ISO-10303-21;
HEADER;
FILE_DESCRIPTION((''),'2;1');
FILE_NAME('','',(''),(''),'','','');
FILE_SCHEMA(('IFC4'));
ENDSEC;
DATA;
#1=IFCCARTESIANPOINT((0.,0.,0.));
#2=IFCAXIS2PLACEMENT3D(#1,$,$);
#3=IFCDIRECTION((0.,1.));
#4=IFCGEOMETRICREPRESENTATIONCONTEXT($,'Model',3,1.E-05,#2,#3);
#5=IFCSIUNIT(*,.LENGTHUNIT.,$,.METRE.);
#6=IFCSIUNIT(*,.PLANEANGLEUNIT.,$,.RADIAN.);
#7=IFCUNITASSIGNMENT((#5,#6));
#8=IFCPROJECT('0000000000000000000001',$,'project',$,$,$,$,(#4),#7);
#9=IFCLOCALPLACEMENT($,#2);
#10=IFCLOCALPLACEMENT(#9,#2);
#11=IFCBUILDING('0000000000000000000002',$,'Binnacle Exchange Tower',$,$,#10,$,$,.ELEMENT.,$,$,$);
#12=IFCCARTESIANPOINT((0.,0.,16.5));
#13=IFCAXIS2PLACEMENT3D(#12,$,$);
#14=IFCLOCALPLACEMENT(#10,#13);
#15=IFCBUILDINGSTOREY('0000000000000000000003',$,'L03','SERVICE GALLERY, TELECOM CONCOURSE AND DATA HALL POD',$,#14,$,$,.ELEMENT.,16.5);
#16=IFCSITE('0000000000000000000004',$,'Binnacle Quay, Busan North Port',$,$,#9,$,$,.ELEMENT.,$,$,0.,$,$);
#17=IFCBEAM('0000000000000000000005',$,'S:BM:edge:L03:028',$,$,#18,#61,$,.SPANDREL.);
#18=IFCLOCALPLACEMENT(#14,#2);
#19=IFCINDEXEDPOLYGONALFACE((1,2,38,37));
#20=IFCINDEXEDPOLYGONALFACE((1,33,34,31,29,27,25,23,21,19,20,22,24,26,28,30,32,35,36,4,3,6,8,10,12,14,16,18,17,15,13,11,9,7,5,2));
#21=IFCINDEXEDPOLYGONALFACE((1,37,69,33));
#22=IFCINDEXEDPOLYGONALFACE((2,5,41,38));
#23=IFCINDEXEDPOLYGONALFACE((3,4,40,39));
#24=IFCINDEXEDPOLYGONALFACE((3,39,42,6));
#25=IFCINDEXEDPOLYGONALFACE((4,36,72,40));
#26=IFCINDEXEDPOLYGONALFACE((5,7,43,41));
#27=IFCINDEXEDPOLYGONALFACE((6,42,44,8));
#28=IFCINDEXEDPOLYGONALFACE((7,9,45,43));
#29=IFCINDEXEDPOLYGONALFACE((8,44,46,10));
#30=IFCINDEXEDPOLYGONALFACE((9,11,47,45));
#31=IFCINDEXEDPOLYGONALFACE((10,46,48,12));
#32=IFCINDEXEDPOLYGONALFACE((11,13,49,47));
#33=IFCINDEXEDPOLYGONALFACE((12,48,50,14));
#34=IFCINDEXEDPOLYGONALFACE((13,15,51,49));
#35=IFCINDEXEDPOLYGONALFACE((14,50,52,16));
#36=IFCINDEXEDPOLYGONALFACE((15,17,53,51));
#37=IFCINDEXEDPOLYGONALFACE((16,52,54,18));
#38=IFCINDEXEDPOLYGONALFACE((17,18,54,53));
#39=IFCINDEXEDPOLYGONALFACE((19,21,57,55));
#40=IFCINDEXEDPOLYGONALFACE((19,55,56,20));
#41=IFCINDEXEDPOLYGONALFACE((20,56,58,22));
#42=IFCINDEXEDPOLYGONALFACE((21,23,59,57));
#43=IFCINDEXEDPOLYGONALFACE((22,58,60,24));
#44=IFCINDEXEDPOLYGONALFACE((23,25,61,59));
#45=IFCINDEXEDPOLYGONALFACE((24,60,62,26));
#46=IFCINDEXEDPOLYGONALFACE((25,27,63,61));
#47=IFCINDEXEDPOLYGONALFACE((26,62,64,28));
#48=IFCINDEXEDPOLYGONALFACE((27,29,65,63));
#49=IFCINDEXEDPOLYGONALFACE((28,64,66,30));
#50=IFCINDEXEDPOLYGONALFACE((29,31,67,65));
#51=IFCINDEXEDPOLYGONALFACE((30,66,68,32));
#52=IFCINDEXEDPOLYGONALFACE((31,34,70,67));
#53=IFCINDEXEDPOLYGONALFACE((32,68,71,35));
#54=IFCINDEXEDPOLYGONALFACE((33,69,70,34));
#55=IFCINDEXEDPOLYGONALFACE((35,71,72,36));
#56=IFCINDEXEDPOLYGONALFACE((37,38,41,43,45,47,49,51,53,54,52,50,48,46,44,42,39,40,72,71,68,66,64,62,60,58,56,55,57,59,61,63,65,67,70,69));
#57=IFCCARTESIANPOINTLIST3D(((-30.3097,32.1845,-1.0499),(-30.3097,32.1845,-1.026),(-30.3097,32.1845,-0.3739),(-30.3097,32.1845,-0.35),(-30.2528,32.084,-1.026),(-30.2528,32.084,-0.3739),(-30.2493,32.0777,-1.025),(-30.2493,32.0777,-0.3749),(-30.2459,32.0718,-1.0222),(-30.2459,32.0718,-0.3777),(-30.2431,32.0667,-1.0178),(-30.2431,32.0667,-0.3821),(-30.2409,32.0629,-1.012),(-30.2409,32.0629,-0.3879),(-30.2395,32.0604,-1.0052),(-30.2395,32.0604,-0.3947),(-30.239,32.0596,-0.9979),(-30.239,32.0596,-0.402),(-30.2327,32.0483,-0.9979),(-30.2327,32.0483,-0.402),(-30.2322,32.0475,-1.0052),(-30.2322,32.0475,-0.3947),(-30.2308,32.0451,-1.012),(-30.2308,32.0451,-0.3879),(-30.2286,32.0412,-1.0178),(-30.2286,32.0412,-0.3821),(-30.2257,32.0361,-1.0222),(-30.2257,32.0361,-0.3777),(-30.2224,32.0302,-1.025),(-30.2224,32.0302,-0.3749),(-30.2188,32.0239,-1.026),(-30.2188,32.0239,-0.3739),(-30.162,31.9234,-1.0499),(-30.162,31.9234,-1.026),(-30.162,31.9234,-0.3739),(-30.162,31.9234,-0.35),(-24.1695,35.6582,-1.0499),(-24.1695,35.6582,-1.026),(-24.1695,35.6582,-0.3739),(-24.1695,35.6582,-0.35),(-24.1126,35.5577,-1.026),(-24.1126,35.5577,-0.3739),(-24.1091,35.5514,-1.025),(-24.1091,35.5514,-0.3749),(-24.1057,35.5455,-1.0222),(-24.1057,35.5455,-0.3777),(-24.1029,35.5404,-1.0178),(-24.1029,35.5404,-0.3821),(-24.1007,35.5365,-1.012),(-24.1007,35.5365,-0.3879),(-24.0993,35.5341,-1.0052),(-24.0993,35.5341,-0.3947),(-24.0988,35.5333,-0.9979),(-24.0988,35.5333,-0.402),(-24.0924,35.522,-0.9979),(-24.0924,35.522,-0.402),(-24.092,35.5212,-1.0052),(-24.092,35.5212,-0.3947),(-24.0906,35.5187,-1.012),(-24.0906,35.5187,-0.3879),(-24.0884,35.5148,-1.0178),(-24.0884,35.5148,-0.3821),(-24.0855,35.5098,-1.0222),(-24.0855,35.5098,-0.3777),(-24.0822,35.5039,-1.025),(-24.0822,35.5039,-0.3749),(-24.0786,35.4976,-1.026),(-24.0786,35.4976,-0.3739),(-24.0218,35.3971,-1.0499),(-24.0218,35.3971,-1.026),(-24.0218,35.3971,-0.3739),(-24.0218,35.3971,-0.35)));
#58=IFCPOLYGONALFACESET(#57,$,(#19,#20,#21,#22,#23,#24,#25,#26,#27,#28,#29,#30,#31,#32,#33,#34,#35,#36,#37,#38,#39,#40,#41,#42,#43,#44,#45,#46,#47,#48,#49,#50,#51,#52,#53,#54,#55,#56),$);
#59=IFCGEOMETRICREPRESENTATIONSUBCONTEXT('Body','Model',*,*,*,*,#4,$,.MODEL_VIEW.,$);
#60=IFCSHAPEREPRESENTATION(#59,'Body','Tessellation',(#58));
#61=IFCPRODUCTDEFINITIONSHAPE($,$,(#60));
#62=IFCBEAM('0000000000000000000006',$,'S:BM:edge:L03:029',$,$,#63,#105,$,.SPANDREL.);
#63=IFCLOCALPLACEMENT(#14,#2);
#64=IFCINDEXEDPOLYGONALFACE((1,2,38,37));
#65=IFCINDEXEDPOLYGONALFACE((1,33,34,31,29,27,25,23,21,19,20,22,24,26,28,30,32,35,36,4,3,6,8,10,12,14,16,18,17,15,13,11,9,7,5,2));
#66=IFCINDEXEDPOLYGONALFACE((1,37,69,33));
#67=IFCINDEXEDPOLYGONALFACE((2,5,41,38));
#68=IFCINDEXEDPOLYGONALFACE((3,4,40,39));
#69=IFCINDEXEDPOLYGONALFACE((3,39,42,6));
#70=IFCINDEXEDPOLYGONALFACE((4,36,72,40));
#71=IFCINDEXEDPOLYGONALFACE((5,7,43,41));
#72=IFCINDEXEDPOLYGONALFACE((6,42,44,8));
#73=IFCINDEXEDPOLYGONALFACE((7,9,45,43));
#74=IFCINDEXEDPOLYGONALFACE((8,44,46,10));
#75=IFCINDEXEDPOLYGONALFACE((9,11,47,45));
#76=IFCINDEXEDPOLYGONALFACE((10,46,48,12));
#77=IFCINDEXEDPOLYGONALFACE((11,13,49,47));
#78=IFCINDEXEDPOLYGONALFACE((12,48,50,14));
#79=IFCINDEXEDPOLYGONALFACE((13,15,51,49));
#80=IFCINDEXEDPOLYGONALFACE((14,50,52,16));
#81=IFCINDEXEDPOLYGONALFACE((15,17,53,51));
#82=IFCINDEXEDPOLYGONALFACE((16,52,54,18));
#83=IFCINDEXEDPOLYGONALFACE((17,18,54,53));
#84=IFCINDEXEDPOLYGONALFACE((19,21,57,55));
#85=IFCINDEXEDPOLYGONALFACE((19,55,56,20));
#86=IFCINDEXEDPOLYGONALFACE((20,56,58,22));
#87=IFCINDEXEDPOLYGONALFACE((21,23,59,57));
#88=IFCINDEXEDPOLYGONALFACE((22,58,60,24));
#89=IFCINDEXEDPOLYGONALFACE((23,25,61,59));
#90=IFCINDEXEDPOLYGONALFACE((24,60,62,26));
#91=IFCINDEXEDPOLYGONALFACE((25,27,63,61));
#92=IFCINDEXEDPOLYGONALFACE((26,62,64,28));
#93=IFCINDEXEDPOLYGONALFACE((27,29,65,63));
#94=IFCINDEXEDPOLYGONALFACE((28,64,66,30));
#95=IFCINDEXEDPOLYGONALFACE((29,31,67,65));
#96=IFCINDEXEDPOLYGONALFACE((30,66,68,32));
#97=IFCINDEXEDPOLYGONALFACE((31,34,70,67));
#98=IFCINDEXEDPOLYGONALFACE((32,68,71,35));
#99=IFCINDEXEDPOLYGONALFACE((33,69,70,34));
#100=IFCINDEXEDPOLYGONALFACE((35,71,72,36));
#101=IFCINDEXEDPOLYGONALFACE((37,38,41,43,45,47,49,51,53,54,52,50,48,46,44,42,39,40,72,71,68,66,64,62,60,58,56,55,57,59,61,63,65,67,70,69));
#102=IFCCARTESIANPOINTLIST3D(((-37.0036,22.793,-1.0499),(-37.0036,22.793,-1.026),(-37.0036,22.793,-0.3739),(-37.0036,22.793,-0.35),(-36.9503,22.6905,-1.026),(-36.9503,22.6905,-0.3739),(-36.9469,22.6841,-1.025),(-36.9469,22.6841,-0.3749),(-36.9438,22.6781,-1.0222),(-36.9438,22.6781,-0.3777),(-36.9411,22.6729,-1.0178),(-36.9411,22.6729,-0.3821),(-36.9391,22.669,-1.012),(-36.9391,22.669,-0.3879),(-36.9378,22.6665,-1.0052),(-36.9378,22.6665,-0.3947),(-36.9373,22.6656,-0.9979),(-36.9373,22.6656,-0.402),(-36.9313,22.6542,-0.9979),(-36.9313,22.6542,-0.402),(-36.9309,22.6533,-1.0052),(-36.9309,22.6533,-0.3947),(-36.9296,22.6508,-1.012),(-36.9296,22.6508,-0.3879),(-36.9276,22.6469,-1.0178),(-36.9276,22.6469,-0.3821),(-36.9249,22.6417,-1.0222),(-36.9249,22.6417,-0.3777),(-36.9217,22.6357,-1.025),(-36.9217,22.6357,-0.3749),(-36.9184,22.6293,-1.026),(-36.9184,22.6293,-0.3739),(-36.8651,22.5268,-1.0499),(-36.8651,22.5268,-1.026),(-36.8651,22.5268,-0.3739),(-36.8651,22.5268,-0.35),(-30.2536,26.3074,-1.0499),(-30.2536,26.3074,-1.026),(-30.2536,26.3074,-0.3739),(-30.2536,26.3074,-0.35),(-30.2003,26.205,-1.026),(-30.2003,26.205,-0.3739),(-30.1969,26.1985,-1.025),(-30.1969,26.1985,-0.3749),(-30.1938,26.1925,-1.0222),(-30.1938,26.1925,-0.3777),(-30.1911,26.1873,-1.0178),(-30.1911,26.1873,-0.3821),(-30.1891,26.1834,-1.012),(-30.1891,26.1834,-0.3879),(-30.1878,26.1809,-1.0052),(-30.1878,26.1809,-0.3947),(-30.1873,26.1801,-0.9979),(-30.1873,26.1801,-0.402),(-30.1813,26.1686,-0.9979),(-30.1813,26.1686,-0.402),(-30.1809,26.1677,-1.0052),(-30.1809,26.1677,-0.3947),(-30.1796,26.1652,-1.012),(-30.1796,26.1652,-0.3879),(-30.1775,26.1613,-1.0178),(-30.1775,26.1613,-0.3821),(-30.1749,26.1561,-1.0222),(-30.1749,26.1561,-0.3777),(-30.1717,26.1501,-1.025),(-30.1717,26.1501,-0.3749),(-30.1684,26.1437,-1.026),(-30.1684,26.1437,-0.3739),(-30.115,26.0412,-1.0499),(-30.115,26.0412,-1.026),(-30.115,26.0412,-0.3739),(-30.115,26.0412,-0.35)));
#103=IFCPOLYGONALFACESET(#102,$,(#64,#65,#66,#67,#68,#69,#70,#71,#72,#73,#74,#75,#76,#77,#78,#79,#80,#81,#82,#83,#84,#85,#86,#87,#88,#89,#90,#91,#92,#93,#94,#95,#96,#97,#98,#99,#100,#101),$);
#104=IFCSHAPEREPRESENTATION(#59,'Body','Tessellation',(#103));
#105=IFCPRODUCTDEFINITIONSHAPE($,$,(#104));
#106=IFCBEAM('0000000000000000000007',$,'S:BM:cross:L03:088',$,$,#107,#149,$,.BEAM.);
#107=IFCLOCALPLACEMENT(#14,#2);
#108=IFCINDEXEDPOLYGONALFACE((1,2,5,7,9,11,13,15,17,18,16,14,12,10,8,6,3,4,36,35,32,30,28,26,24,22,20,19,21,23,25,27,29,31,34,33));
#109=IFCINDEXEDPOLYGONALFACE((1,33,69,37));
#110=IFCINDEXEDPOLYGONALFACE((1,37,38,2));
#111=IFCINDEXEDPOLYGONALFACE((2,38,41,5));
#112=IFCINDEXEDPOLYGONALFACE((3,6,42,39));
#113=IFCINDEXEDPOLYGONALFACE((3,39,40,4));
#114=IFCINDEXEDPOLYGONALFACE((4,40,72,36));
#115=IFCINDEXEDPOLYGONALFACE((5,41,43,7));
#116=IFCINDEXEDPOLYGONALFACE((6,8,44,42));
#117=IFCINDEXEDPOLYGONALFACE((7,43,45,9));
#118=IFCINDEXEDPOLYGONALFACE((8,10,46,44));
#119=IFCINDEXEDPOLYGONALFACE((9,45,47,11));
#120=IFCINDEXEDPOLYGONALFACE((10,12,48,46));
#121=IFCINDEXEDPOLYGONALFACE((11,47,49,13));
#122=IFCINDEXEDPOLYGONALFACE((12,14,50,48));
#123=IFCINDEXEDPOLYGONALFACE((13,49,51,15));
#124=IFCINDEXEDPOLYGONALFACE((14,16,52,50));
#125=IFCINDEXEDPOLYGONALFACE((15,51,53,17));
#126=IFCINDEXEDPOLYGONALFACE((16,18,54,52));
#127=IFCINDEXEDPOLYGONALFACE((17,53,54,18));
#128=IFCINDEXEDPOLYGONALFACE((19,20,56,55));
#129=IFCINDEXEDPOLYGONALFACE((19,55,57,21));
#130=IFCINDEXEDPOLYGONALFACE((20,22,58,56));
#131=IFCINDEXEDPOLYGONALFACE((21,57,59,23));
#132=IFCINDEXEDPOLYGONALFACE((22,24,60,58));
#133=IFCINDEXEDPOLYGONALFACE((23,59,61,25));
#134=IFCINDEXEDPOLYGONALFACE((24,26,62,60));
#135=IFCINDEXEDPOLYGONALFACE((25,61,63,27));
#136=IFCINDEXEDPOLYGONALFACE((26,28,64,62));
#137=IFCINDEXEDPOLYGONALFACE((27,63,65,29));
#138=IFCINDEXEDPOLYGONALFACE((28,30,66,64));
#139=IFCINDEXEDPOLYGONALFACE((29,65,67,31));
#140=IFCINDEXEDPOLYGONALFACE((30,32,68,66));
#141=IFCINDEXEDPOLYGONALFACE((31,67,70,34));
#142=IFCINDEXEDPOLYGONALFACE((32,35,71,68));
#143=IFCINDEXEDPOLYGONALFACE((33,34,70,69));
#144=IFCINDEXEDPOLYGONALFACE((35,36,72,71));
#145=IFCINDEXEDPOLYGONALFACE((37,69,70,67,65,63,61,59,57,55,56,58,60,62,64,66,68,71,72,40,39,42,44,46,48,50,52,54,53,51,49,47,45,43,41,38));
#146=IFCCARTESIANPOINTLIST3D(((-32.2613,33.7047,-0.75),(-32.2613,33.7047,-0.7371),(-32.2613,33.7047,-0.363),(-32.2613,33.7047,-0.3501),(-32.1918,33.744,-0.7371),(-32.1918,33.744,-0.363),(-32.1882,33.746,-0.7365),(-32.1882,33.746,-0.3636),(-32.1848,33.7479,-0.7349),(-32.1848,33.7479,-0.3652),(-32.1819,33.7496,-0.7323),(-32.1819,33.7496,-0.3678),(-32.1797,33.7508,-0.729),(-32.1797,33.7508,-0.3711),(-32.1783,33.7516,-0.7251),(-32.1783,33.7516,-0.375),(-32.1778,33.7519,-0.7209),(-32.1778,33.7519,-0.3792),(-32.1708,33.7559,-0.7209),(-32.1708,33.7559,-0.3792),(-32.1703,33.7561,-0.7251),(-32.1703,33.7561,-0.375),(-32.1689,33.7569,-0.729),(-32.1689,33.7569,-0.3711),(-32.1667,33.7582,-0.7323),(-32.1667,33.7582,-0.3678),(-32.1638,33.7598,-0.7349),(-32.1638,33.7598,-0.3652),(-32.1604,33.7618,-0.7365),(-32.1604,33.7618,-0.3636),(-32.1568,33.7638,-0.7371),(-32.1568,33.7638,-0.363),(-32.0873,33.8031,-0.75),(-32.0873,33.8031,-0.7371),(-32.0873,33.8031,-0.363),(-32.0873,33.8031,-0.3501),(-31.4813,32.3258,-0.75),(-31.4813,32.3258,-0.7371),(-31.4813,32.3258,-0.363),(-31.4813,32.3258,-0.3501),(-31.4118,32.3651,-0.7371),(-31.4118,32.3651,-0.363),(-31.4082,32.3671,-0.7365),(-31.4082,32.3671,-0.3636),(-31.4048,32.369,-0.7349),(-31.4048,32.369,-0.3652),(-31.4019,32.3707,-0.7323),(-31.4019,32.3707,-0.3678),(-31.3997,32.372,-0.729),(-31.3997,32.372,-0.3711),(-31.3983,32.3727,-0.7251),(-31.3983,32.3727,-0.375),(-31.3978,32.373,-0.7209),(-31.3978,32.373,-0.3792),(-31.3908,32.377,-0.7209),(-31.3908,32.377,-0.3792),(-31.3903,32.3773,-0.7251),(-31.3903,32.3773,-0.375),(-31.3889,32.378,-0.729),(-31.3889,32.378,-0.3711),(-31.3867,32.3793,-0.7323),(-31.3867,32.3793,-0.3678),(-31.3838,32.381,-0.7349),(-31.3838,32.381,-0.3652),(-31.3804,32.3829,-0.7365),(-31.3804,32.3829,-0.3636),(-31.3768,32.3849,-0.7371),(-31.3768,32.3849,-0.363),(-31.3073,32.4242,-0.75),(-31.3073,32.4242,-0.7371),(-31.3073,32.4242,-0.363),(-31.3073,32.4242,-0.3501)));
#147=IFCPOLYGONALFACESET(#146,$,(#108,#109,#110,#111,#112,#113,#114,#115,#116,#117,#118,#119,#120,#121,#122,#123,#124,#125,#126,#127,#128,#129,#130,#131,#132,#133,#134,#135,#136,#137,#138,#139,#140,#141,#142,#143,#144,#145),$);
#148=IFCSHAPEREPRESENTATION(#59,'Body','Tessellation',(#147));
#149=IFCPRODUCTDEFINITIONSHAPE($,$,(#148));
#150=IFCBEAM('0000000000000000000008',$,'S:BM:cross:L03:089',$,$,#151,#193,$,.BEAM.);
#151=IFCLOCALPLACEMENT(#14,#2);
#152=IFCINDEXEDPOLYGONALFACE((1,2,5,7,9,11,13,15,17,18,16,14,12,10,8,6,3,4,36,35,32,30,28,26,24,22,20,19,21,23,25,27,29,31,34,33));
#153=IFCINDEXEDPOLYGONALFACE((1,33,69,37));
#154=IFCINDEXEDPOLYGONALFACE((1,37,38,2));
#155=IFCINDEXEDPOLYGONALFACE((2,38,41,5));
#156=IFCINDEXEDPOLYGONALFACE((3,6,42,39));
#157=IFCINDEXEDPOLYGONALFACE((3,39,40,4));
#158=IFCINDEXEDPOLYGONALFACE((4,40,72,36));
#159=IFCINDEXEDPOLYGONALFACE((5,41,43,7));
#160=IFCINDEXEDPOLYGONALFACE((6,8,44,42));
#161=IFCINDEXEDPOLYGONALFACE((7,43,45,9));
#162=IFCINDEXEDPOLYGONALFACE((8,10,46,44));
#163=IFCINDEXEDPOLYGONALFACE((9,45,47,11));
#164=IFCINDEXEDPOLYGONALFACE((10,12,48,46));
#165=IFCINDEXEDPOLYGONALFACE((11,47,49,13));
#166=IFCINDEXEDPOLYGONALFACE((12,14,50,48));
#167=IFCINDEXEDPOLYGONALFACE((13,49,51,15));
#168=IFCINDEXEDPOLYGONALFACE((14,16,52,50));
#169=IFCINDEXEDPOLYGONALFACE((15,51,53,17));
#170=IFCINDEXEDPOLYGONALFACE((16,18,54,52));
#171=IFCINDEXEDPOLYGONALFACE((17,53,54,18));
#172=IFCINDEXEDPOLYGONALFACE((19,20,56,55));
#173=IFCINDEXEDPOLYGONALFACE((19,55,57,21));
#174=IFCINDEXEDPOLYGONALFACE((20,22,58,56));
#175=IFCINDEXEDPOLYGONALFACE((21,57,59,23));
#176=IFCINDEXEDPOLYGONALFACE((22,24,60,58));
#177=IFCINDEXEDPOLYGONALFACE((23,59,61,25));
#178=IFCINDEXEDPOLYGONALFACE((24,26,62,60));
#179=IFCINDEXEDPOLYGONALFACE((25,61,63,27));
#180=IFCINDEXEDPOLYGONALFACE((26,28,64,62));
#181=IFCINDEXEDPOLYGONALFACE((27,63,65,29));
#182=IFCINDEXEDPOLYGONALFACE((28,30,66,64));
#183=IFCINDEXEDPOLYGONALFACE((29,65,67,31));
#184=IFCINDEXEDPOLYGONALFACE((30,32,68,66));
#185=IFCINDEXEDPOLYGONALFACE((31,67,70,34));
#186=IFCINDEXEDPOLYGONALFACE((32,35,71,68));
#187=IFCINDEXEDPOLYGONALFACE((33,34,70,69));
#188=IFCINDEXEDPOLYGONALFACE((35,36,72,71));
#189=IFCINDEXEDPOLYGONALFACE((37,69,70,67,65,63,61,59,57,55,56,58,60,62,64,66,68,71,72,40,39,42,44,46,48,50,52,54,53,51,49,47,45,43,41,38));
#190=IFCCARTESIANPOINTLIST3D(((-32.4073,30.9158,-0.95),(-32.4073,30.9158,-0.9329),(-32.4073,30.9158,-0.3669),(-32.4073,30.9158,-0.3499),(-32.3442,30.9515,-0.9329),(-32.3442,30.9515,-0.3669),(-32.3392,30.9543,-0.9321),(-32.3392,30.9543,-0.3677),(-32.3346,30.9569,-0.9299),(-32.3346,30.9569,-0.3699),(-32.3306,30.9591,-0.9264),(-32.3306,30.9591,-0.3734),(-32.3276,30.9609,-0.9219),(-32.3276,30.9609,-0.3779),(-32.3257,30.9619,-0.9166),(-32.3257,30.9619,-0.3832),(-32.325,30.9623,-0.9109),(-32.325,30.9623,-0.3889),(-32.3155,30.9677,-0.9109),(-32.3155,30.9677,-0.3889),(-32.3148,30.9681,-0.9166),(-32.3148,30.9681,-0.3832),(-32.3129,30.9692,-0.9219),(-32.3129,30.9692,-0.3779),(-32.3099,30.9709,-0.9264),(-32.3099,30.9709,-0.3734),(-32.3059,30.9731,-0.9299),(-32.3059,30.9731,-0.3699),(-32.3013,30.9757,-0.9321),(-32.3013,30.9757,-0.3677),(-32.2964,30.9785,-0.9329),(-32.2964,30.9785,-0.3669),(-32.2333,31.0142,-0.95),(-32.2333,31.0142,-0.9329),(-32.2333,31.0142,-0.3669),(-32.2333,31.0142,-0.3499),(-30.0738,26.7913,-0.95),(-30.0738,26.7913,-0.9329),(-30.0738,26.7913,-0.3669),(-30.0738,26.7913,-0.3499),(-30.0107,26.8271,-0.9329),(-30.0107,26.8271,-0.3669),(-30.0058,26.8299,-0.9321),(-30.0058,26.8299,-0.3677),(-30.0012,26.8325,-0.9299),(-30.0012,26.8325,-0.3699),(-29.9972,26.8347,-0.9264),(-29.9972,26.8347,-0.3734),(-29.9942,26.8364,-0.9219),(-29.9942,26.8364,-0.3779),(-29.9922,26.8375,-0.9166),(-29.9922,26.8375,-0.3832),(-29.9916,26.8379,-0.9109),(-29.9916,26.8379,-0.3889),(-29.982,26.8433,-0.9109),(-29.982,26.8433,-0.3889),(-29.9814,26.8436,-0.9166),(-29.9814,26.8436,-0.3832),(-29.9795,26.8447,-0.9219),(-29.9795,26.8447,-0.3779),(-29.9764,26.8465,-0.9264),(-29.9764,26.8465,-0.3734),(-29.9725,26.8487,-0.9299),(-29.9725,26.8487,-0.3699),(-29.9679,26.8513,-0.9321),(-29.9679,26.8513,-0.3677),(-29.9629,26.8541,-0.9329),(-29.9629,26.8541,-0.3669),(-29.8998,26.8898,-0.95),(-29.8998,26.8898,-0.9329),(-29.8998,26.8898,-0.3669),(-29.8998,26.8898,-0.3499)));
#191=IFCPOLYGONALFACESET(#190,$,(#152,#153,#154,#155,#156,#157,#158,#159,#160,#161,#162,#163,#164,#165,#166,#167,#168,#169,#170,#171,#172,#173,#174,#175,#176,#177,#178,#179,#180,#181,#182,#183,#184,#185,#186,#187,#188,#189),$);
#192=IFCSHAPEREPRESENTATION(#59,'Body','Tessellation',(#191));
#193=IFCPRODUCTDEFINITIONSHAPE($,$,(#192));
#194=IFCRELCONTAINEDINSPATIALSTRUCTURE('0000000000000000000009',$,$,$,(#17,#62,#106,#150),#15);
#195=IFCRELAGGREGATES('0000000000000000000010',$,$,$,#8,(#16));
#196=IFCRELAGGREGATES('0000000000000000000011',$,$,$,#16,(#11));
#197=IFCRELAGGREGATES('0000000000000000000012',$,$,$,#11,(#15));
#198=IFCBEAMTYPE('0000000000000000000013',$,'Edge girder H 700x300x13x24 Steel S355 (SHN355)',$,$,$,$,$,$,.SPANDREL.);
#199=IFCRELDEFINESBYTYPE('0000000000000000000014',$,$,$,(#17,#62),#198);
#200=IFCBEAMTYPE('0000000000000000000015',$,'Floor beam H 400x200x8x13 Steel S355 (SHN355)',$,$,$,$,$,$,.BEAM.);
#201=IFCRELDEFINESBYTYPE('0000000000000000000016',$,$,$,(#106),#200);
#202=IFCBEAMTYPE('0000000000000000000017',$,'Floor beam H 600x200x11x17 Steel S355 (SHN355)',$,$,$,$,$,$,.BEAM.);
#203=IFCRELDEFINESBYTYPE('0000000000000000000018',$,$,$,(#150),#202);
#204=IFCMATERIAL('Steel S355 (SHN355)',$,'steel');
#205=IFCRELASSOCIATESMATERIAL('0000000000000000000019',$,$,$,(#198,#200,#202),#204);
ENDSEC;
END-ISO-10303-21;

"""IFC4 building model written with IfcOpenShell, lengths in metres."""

from ifc_helpers import new_model, si_unit, direction, frame, origin, origin_2d, place, context, subcontext, project, spatial, i_section, extrude, material, material_profile, profile_set, type_object, element, save


model = new_model("IFC4")

# Units and contexts
model_context = context("Model", 3, precision=1e-05, world=origin(), true_north=direction((0.0, 1.0)))
body_context = subcontext(model_context, "Body", "Model", "MODEL_VIEW")
ifc_project = project(units=[si_unit("LENGTHUNIT", "METRE"), si_unit("PLANEANGLEUNIT", "RADIAN")], contexts=[model_context])

# Site, building, storey
site_placement = place(None, origin())
site = spatial("IfcSite", under=ifc_project, at=site_placement, Name="Binnacle Quay, Busan North Port", CompositionType="ELEMENT", RefElevation=0.0)
building_placement = place(site_placement, origin())
building = spatial("IfcBuilding", under=site, at=building_placement, Name="Binnacle Exchange Tower", CompositionType="ELEMENT")
storey_placement = place(building_placement, frame((0.0, 0.0, 16.5)))
storey = spatial("IfcBuildingStorey", under=building, at=storey_placement, Name="L03", Description="SERVICE GALLERY, TELECOM CONCOURSE AND DATA HALL POD", CompositionType="ELEMENT", Elevation=16.5)

# Beams
ifc_material_1 = material(Name="Steel S355 (SHN355)", Category="steel")
ifc_material_profile_1 = material_profile(ifc_material_1, i_section(OverallWidth=0.3, OverallDepth=0.7, WebThickness=0.0129, FlangeThickness=0.0239, FilletRadius=0.0281, at=origin_2d()), Name="H 700x300x13x24")
ifc_profile_set_1 = profile_set([ifc_material_profile_1], Name="Steel S355 (SHN355)")
beam_type_1 = type_object("IfcBeamType", Name="Edge girder H 700x300x13x24 Steel S355 (SHN355)", PredefinedType="SPANDREL", material=ifc_profile_set_1)
beam_1_placement = place(storey_placement, frame((-30.2358, 32.054, -0.7), z_axis=(0.870373, 0.492392, 0.0), x_axis=(-0.492392, 0.870373, 0.0)))
element("IfcBeam", 1, at=beam_1_placement, inside=storey, type_object=beam_type_1, Name="S:BM:edge:L03:028", PredefinedType="SPANDREL", context=body_context, shape_type="SweptSolid", body=[
    extrude(i_section(OverallWidth=0.3, OverallDepth=0.7, WebThickness=0.0129, FlangeThickness=0.0239, FilletRadius=0.0281, at=origin_2d()), origin(), (0.0, 0.0, 1.0), 7.0547),
])
beam_2_placement = place(storey_placement, frame((-30.1843, 26.1743, -0.7), z_axis=(-0.88698, -0.461808, 0.0), x_axis=(0.461808, -0.88698, 0.0)))
element("IfcBeam", 2, at=beam_2_placement, inside=storey, type_object=beam_type_1, Name="S:BM:edge:L03:029", PredefinedType="SPANDREL", context=body_context, shape_type="SweptSolid", body=[
    extrude(i_section(OverallWidth=0.3, OverallDepth=0.7, WebThickness=0.0129, FlangeThickness=0.0239, FilletRadius=0.0281, at=origin_2d()), origin(), (0.0, 0.0, 1.0), 7.6101),
])
ifc_material_profile_2 = material_profile(ifc_material_1, i_section(OverallWidth=0.2, OverallDepth=0.3999, WebThickness=0.0081, FlangeThickness=0.0129, FilletRadius=0.0161, at=origin_2d()), Name="H 400x200x8x13")
ifc_profile_set_2 = profile_set([ifc_material_profile_2], Name="Steel S355 (SHN355)")
beam_type_2 = type_object("IfcBeamType", Name="Floor beam H 400x200x8x13 Steel S355 (SHN355)", PredefinedType="BEAM", material=ifc_profile_set_2)
beam_3_placement = place(storey_placement, frame((-31.3943, 32.375, -0.55), z_axis=(-0.492367, 0.870388, 0.0), x_axis=(-0.870388, -0.492367, 0.0)))
element("IfcBeam", 3, at=beam_3_placement, inside=storey, type_object=beam_type_2, Name="S:BM:cross:L03:088", PredefinedType="BEAM", context=body_context, shape_type="SweptSolid", body=[
    extrude(i_section(OverallWidth=0.2, OverallDepth=0.3999, WebThickness=0.0081, FlangeThickness=0.0129, FilletRadius=0.0161, at=origin_2d()), origin(), (0.0, 0.0, 1.0), 1.5842),
])
ifc_material_profile_3 = material_profile(ifc_material_1, i_section(OverallWidth=0.2, OverallDepth=0.6001, WebThickness=0.011, FlangeThickness=0.0171, FilletRadius=0.022, at=origin_2d()), Name="H 600x200x11x17")
ifc_profile_set_3 = profile_set([ifc_material_profile_3], Name="Steel S355 (SHN355)")
beam_type_3 = type_object("IfcBeamType", Name="Floor beam H 600x200x11x17 Steel S355 (SHN355)", PredefinedType="BEAM", material=ifc_profile_set_3)
beam_4_placement = place(storey_placement, frame((-29.9868, 26.8406, -0.6499), z_axis=(-0.492417, 0.870359, 0.0), x_axis=(-0.870359, -0.492417, 0.0)))
element("IfcBeam", 4, at=beam_4_placement, inside=storey, type_object=beam_type_3, Name="S:BM:cross:L03:089", PredefinedType="BEAM", context=body_context, shape_type="SweptSolid", body=[
    extrude(i_section(OverallWidth=0.2, OverallDepth=0.6001, WebThickness=0.011, FlangeThickness=0.0171, FilletRadius=0.022, at=origin_2d()), origin(), (0.0, 0.0, 1.0), 4.7388),
])

save(model, "model.ifc")
